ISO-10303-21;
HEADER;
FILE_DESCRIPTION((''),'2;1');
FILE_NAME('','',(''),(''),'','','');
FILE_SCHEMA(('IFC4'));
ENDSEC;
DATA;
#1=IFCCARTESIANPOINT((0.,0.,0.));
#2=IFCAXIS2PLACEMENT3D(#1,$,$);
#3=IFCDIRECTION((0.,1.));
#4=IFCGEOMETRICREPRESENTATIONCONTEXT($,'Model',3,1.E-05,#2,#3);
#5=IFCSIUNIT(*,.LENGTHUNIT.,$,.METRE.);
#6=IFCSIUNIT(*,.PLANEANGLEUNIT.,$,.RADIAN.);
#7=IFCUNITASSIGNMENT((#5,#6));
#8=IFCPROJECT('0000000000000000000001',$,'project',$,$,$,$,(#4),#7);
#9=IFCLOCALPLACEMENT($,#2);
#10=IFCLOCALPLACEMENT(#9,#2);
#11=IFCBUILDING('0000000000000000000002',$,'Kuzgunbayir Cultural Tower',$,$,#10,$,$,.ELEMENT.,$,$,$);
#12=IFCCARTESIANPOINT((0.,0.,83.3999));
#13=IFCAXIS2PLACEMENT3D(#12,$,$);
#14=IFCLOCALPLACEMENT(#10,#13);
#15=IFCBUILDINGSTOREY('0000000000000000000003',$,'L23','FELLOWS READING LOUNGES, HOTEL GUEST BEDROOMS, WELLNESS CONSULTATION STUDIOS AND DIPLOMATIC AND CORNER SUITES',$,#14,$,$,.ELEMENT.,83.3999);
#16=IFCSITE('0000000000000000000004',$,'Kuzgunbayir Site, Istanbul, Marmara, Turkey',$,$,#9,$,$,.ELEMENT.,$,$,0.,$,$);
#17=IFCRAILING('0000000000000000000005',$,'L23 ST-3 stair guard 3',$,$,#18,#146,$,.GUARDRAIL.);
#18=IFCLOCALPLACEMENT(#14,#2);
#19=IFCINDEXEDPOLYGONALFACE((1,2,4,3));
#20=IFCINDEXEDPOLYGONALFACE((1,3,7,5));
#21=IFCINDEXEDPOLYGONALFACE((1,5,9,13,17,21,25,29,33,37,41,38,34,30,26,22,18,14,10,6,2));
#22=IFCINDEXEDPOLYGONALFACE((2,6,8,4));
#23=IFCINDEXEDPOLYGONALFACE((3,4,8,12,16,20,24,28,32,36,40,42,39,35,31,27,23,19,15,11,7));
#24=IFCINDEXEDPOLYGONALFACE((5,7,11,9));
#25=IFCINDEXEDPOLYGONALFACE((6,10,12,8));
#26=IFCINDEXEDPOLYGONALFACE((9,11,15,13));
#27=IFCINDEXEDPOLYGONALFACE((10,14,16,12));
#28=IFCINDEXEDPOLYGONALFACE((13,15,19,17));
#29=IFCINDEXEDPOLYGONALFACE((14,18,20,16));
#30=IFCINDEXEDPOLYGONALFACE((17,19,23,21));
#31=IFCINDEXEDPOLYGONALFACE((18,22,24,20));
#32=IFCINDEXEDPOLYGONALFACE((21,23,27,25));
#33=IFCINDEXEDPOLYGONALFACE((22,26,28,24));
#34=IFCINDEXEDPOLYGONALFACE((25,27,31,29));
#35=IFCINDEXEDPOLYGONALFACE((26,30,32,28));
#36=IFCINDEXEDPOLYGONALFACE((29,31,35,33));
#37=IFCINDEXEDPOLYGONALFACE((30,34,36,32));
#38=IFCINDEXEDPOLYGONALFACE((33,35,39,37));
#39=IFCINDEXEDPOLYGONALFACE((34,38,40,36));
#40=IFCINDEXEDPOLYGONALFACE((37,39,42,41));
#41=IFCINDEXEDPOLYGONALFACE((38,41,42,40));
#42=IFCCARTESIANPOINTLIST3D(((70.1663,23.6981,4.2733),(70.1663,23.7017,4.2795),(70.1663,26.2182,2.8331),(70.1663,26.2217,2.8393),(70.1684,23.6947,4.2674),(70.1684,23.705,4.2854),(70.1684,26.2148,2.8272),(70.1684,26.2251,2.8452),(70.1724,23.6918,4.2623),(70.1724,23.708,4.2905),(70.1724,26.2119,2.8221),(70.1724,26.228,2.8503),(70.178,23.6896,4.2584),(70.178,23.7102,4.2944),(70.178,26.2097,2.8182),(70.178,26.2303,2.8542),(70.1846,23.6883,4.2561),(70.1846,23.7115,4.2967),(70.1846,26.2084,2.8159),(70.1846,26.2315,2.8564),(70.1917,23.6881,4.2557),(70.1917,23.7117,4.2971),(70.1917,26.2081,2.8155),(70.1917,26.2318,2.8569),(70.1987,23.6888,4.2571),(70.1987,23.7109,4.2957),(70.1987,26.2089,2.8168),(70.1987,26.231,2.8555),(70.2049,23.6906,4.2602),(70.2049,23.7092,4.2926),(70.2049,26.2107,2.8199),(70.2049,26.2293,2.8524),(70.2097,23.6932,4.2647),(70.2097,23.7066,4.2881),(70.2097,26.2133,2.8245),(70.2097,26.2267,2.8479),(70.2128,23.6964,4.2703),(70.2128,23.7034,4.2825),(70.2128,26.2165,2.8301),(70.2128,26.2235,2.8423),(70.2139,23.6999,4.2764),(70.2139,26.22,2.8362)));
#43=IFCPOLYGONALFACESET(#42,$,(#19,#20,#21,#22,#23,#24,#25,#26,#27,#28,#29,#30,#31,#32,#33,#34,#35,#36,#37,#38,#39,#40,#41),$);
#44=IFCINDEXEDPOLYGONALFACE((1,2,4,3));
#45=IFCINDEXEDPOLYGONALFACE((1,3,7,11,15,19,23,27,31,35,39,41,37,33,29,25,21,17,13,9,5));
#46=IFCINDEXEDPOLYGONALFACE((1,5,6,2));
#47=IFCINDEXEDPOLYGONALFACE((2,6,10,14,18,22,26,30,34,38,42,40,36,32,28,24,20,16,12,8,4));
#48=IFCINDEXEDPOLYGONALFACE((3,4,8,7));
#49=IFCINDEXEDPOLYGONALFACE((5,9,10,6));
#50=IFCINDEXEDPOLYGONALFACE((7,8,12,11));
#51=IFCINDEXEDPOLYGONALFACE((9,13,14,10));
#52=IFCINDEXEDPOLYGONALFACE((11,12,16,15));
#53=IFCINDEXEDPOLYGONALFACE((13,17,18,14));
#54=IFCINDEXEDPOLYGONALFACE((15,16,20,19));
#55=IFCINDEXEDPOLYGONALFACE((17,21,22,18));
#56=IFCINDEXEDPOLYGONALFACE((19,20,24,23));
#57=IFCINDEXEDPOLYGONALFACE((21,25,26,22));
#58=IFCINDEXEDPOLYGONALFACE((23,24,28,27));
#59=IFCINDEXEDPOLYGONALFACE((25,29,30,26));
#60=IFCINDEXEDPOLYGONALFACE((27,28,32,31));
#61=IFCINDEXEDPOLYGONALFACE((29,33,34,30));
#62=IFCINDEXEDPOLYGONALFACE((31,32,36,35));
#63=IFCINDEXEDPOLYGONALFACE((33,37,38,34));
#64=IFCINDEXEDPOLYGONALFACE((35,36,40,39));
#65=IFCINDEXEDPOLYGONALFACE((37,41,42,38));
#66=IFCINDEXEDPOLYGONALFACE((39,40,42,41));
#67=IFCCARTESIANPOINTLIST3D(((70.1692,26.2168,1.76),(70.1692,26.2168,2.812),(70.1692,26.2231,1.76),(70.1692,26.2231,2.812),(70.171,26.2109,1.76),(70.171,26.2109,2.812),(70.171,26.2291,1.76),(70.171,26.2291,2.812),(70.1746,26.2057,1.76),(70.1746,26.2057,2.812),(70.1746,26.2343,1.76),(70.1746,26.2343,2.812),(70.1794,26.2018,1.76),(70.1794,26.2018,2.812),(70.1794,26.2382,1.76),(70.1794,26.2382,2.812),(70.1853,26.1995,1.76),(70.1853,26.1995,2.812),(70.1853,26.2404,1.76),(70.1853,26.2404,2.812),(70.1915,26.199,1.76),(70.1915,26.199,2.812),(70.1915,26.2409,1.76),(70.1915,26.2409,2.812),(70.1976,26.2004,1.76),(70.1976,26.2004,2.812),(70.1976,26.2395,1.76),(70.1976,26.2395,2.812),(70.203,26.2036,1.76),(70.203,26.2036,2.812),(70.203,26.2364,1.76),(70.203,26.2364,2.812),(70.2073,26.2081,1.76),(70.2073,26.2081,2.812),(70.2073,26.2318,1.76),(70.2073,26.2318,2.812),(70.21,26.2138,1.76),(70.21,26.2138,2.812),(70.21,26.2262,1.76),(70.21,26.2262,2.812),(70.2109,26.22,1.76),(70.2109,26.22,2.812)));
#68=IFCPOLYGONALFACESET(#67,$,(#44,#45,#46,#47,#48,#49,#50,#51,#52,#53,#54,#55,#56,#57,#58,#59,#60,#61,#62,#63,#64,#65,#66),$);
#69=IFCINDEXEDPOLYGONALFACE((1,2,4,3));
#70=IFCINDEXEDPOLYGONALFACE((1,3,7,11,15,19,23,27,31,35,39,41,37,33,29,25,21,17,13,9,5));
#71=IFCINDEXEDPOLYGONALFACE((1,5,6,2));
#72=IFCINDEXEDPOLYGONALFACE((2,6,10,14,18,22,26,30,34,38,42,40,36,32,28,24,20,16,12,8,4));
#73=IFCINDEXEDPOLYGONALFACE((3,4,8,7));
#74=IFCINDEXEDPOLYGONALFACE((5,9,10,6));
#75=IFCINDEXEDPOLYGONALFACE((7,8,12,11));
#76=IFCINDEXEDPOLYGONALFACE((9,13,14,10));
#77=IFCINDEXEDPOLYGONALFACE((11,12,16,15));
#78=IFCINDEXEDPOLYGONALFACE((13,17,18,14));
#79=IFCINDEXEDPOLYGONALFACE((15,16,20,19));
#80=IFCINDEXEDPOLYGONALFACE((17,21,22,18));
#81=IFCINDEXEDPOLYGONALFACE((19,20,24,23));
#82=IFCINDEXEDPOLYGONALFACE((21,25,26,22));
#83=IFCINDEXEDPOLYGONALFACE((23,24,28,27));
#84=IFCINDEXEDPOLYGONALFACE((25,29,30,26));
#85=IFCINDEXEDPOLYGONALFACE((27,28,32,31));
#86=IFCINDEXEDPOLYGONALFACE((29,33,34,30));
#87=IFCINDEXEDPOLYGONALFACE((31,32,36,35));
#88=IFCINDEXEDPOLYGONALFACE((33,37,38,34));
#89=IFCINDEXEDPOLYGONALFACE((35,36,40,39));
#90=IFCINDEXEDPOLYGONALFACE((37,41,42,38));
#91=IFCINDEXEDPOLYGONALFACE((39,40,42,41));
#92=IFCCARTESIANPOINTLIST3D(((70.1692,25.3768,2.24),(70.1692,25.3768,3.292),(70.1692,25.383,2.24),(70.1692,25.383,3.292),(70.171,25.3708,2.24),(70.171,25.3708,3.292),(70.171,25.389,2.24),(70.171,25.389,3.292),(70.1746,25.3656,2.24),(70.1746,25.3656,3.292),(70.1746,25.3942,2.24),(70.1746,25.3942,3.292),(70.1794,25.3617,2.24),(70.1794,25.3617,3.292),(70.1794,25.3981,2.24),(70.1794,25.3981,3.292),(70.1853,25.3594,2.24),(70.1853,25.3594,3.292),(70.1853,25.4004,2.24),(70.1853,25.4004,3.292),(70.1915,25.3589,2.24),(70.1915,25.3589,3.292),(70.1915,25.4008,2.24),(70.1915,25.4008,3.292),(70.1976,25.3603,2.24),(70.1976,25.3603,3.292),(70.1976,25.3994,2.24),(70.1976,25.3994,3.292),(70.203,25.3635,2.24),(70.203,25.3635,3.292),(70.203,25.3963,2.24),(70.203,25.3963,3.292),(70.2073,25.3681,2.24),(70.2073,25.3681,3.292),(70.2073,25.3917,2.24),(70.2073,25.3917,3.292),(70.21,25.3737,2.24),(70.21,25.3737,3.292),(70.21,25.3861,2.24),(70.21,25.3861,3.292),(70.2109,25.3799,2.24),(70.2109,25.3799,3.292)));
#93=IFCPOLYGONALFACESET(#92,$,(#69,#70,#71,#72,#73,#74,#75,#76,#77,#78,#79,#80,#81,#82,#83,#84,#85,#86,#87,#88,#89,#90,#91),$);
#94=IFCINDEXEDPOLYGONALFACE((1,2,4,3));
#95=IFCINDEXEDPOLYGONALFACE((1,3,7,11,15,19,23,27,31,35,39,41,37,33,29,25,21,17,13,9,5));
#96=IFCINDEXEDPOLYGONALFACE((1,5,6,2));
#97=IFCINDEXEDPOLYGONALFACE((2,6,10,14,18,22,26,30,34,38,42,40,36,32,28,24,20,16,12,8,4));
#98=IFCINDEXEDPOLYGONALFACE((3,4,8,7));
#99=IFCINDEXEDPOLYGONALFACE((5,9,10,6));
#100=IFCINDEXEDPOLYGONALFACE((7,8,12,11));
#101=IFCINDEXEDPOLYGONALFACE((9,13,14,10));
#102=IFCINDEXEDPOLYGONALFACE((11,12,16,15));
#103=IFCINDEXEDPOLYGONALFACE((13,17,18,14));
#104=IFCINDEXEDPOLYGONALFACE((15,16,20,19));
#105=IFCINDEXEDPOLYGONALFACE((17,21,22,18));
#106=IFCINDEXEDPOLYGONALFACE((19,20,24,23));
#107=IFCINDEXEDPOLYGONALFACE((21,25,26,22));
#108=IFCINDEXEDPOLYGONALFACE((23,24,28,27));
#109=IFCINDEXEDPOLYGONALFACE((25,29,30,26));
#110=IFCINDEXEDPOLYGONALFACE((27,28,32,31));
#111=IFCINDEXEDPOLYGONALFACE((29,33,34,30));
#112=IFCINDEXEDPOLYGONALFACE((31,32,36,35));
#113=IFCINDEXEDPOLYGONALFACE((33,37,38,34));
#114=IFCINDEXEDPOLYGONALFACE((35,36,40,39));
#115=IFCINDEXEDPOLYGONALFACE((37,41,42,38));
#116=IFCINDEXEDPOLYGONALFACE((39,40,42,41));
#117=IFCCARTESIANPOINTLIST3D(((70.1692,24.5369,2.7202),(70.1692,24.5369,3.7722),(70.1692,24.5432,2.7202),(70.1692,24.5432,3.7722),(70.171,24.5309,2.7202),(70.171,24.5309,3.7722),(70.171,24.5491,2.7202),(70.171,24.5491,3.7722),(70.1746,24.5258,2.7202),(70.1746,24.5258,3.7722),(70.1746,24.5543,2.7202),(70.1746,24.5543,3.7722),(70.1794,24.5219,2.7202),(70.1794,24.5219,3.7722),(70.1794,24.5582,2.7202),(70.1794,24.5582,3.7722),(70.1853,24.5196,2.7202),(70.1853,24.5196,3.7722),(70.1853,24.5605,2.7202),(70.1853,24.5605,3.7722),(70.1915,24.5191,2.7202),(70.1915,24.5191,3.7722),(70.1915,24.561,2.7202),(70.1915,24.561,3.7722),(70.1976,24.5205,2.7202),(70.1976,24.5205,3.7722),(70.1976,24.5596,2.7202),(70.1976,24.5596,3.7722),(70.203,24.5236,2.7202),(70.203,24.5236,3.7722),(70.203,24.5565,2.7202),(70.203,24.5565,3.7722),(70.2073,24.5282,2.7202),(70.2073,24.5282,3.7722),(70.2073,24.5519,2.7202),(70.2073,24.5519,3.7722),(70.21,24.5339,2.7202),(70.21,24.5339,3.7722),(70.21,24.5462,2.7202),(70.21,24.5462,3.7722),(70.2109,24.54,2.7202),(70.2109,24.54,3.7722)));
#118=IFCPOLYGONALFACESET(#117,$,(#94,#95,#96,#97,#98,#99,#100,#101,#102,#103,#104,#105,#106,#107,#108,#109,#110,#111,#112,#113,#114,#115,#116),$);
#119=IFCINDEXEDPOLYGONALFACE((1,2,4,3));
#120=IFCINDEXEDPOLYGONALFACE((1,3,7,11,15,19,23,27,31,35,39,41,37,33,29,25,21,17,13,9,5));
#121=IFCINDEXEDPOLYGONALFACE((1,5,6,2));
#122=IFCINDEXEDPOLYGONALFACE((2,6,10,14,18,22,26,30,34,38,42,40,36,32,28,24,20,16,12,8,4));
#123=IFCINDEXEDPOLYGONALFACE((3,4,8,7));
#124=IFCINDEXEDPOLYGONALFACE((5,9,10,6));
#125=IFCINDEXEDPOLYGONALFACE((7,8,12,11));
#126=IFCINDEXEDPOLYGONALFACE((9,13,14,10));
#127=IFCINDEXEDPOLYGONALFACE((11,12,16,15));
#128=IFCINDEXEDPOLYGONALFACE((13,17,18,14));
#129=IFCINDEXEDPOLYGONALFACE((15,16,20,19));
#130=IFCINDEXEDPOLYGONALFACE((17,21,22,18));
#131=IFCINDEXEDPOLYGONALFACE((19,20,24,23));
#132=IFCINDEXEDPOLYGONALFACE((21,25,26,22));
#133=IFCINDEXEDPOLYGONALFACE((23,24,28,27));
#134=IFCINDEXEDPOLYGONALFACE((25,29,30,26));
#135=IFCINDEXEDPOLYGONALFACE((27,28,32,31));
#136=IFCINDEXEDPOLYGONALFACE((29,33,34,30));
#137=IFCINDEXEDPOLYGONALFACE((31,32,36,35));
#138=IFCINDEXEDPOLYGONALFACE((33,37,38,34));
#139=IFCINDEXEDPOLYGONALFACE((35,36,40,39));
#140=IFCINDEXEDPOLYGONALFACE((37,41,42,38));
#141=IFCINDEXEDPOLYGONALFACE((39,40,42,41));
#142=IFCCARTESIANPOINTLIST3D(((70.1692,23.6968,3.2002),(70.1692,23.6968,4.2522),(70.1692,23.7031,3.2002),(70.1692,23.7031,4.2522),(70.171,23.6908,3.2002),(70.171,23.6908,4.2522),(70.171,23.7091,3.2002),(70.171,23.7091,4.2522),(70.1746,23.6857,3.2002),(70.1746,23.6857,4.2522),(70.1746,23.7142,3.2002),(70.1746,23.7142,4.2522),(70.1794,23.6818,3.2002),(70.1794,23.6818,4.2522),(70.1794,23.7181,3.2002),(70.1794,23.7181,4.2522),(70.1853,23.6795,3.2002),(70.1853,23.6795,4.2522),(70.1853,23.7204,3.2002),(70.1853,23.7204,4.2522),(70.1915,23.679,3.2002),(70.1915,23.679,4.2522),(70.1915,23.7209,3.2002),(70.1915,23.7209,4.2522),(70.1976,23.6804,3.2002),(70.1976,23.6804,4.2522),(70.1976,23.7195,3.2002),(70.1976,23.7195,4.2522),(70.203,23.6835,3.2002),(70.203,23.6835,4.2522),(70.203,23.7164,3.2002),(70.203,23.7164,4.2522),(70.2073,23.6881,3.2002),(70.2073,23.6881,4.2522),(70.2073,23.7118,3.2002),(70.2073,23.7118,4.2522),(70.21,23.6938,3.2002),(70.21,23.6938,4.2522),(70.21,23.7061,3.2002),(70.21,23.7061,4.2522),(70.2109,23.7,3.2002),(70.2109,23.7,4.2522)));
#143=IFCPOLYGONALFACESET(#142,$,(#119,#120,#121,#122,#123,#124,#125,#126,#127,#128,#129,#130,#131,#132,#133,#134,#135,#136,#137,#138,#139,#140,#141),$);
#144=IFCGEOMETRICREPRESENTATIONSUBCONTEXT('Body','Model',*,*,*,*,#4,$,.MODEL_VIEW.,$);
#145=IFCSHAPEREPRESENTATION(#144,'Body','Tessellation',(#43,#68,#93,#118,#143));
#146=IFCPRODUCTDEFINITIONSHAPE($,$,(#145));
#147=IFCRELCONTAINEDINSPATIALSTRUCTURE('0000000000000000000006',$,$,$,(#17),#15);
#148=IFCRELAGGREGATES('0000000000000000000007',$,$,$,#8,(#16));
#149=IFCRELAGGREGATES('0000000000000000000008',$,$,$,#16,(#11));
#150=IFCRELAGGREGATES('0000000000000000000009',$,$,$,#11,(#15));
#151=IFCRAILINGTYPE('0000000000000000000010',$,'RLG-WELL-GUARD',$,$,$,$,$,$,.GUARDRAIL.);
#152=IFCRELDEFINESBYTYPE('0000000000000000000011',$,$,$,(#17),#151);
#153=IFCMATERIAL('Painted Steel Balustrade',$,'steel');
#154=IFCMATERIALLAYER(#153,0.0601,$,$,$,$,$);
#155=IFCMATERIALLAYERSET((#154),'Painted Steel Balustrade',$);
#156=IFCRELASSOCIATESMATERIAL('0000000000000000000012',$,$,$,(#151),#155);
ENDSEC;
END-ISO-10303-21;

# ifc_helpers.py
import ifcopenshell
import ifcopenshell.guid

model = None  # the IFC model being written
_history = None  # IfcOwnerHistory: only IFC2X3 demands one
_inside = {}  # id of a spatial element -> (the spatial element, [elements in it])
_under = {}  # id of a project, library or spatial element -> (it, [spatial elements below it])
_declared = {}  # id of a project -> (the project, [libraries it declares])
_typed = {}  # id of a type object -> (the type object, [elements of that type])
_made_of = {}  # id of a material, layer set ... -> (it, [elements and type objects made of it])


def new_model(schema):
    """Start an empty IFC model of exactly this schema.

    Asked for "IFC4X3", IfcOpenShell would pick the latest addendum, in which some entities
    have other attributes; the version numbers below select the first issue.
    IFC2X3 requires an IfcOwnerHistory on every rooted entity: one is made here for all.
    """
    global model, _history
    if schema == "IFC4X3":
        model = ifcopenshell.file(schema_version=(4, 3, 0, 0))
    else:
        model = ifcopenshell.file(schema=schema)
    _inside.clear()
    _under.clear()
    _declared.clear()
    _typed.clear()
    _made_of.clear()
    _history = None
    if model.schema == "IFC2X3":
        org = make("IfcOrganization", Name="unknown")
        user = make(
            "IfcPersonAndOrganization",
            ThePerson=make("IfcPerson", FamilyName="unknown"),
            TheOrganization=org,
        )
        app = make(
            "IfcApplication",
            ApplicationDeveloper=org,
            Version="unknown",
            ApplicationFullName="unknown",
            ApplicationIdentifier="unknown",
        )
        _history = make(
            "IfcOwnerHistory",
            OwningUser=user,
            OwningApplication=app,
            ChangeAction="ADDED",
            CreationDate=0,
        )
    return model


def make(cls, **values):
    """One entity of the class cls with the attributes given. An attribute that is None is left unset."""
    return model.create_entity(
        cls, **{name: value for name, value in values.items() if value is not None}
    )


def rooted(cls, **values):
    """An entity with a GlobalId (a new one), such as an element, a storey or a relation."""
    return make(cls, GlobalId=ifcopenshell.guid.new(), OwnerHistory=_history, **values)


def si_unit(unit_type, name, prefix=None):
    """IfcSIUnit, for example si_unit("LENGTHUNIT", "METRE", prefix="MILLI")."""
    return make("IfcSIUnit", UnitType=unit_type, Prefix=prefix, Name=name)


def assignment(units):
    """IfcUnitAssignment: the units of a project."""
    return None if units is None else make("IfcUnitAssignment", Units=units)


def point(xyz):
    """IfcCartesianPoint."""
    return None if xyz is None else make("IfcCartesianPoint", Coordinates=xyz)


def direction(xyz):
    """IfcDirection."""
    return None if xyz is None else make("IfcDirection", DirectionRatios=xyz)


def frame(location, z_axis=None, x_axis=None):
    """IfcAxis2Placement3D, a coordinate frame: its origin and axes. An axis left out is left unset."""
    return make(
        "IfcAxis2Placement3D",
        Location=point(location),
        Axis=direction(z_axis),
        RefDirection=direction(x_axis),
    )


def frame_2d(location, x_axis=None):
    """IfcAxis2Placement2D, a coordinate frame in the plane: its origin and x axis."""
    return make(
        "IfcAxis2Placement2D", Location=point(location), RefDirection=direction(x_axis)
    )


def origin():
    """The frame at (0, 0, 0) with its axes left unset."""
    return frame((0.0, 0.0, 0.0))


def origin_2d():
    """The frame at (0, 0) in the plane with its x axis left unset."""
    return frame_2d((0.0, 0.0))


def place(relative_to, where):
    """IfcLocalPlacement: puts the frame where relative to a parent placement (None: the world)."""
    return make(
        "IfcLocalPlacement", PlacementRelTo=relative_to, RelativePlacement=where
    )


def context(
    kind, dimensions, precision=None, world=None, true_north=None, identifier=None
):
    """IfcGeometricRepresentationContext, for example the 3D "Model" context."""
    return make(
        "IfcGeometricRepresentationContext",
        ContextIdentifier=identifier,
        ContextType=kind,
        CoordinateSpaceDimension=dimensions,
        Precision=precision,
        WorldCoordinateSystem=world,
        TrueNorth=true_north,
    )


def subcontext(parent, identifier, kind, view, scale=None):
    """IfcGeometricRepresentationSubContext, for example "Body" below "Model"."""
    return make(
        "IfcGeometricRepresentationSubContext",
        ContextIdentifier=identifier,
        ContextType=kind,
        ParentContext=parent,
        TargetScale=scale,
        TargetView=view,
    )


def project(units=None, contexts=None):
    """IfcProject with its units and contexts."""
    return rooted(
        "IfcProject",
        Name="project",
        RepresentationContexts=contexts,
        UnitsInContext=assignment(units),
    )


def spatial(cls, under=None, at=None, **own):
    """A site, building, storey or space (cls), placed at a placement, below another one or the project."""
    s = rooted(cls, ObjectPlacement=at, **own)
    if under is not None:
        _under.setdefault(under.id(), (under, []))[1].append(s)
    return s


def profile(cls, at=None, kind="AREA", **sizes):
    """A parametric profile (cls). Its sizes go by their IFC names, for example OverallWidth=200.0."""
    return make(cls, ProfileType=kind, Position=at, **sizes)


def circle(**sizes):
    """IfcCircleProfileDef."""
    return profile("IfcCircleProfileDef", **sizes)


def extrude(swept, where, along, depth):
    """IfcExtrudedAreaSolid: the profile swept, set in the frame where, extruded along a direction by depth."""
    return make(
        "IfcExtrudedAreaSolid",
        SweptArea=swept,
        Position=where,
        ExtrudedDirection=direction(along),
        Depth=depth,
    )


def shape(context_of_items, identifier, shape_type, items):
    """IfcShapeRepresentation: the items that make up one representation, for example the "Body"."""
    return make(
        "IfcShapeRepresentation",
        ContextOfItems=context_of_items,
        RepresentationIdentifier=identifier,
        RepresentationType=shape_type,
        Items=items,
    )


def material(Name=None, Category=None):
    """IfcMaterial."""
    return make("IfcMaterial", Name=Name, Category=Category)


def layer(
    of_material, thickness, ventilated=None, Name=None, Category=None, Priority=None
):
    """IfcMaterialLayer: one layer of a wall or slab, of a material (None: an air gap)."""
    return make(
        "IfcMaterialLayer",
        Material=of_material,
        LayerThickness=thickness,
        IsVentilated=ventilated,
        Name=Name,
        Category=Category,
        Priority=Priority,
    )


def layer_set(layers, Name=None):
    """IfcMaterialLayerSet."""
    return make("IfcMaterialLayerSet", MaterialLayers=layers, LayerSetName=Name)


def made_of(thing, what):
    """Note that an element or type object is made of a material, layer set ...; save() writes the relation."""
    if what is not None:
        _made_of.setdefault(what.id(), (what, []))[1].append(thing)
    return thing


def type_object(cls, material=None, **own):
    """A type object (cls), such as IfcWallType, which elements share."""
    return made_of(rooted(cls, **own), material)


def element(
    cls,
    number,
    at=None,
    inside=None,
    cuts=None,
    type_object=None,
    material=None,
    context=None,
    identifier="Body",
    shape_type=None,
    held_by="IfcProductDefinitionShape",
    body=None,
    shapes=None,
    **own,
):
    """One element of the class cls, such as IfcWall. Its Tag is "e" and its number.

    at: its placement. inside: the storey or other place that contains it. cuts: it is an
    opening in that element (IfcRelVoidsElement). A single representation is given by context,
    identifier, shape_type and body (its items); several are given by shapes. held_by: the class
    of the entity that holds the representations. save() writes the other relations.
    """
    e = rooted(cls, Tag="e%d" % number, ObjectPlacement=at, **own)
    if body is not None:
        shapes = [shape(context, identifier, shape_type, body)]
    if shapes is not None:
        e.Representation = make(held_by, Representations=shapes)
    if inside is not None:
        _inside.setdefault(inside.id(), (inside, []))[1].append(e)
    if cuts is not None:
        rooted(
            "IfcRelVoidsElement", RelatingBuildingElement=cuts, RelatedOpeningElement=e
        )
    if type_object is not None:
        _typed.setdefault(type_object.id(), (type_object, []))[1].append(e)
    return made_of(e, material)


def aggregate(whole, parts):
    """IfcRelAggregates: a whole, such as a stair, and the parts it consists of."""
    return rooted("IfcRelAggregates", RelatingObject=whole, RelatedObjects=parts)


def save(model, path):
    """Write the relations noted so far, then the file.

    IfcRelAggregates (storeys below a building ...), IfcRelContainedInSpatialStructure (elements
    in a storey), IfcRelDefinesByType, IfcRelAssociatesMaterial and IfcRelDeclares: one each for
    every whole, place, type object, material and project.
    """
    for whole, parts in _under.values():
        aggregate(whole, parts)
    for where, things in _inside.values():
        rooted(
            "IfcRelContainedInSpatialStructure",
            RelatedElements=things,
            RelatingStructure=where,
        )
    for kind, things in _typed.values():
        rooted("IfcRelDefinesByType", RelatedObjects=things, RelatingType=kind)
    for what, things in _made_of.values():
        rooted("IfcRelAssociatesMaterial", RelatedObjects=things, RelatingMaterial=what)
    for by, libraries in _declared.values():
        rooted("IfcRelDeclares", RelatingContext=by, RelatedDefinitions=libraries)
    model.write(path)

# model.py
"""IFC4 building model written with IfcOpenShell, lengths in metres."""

from ifc_helpers import new_model, si_unit, direction, frame, origin, origin_2d, place, context, subcontext, project, spatial, circle, extrude, material, layer, layer_set, type_object, element, save


model = new_model("IFC4")

# Units and contexts
model_context = context("Model", 3, precision=1e-05, world=origin(), true_north=direction((0.0, 1.0)))
body_context = subcontext(model_context, "Body", "Model", "MODEL_VIEW")
ifc_project = project(units=[si_unit("LENGTHUNIT", "METRE"), si_unit("PLANEANGLEUNIT", "RADIAN")], contexts=[model_context])

# Site, building, storey
site_placement = place(None, origin())
site = spatial("IfcSite", under=ifc_project, at=site_placement, Name="Kuzgunbayir Site, Istanbul, Marmara, Turkey", CompositionType="ELEMENT", RefElevation=0.0)
building_placement = place(site_placement, origin())
building = spatial("IfcBuilding", under=site, at=building_placement, Name="Kuzgunbayir Cultural Tower", CompositionType="ELEMENT")
storey_placement = place(building_placement, frame((0.0, 0.0, 83.3999)))
storey = spatial("IfcBuildingStorey", under=building, at=storey_placement, Name="L23", Description="FELLOWS READING LOUNGES, HOTEL GUEST BEDROOMS, WELLNESS CONSULTATION STUDIOS AND DIPLOMATIC AND CORNER SUITES", CompositionType="ELEMENT", Elevation=83.3999)

# Railing
ifc_material_1 = material(Name="Painted Steel Balustrade", Category="steel")
ifc_layer_1 = layer(ifc_material_1, 0.0601)
ifc_layer_set_1 = layer_set([ifc_layer_1], Name="Painted Steel Balustrade")
railing_type_1 = type_object("IfcRailingType", Name="RLG-WELL-GUARD", PredefinedType="GUARDRAIL", material=ifc_layer_set_1)
railing_1_placement = place(storey_placement, frame((70.1899, 26.22, 1.76)))
element("IfcRailing", 1, at=railing_1_placement, inside=storey, type_object=railing_type_1, Name="L23 ST-3 stair guard 3", PredefinedType="GUARDRAIL", context=body_context, shape_type="SweptSolid", body=[
    extrude(circle(Radius=0.0239, at=origin_2d()), frame((0.0, 0.0, 1.0762), z_axis=(0.0, -0.868217, 0.496184), x_axis=(1.0, 0.0, 0.0)), (0.0, 0.0, 1.0), 2.9026),
    extrude(circle(Radius=0.021, at=origin_2d()), origin(), (0.0, 0.0, 1.0), 1.052),
    extrude(circle(Radius=0.021, at=origin_2d()), frame((0.0, -0.8401, 0.48)), (0.0, 0.0, 1.0), 1.052),
    extrude(circle(Radius=0.021, at=origin_2d()), frame((0.0, -1.6799, 0.9602)), (0.0, 0.0, 1.0), 1.052),
    extrude(circle(Radius=0.021, at=origin_2d()), frame((0.0, -2.52, 1.4402)), (0.0, 0.0, 1.0), 1.052),
])

save(model, "model.ifc")
